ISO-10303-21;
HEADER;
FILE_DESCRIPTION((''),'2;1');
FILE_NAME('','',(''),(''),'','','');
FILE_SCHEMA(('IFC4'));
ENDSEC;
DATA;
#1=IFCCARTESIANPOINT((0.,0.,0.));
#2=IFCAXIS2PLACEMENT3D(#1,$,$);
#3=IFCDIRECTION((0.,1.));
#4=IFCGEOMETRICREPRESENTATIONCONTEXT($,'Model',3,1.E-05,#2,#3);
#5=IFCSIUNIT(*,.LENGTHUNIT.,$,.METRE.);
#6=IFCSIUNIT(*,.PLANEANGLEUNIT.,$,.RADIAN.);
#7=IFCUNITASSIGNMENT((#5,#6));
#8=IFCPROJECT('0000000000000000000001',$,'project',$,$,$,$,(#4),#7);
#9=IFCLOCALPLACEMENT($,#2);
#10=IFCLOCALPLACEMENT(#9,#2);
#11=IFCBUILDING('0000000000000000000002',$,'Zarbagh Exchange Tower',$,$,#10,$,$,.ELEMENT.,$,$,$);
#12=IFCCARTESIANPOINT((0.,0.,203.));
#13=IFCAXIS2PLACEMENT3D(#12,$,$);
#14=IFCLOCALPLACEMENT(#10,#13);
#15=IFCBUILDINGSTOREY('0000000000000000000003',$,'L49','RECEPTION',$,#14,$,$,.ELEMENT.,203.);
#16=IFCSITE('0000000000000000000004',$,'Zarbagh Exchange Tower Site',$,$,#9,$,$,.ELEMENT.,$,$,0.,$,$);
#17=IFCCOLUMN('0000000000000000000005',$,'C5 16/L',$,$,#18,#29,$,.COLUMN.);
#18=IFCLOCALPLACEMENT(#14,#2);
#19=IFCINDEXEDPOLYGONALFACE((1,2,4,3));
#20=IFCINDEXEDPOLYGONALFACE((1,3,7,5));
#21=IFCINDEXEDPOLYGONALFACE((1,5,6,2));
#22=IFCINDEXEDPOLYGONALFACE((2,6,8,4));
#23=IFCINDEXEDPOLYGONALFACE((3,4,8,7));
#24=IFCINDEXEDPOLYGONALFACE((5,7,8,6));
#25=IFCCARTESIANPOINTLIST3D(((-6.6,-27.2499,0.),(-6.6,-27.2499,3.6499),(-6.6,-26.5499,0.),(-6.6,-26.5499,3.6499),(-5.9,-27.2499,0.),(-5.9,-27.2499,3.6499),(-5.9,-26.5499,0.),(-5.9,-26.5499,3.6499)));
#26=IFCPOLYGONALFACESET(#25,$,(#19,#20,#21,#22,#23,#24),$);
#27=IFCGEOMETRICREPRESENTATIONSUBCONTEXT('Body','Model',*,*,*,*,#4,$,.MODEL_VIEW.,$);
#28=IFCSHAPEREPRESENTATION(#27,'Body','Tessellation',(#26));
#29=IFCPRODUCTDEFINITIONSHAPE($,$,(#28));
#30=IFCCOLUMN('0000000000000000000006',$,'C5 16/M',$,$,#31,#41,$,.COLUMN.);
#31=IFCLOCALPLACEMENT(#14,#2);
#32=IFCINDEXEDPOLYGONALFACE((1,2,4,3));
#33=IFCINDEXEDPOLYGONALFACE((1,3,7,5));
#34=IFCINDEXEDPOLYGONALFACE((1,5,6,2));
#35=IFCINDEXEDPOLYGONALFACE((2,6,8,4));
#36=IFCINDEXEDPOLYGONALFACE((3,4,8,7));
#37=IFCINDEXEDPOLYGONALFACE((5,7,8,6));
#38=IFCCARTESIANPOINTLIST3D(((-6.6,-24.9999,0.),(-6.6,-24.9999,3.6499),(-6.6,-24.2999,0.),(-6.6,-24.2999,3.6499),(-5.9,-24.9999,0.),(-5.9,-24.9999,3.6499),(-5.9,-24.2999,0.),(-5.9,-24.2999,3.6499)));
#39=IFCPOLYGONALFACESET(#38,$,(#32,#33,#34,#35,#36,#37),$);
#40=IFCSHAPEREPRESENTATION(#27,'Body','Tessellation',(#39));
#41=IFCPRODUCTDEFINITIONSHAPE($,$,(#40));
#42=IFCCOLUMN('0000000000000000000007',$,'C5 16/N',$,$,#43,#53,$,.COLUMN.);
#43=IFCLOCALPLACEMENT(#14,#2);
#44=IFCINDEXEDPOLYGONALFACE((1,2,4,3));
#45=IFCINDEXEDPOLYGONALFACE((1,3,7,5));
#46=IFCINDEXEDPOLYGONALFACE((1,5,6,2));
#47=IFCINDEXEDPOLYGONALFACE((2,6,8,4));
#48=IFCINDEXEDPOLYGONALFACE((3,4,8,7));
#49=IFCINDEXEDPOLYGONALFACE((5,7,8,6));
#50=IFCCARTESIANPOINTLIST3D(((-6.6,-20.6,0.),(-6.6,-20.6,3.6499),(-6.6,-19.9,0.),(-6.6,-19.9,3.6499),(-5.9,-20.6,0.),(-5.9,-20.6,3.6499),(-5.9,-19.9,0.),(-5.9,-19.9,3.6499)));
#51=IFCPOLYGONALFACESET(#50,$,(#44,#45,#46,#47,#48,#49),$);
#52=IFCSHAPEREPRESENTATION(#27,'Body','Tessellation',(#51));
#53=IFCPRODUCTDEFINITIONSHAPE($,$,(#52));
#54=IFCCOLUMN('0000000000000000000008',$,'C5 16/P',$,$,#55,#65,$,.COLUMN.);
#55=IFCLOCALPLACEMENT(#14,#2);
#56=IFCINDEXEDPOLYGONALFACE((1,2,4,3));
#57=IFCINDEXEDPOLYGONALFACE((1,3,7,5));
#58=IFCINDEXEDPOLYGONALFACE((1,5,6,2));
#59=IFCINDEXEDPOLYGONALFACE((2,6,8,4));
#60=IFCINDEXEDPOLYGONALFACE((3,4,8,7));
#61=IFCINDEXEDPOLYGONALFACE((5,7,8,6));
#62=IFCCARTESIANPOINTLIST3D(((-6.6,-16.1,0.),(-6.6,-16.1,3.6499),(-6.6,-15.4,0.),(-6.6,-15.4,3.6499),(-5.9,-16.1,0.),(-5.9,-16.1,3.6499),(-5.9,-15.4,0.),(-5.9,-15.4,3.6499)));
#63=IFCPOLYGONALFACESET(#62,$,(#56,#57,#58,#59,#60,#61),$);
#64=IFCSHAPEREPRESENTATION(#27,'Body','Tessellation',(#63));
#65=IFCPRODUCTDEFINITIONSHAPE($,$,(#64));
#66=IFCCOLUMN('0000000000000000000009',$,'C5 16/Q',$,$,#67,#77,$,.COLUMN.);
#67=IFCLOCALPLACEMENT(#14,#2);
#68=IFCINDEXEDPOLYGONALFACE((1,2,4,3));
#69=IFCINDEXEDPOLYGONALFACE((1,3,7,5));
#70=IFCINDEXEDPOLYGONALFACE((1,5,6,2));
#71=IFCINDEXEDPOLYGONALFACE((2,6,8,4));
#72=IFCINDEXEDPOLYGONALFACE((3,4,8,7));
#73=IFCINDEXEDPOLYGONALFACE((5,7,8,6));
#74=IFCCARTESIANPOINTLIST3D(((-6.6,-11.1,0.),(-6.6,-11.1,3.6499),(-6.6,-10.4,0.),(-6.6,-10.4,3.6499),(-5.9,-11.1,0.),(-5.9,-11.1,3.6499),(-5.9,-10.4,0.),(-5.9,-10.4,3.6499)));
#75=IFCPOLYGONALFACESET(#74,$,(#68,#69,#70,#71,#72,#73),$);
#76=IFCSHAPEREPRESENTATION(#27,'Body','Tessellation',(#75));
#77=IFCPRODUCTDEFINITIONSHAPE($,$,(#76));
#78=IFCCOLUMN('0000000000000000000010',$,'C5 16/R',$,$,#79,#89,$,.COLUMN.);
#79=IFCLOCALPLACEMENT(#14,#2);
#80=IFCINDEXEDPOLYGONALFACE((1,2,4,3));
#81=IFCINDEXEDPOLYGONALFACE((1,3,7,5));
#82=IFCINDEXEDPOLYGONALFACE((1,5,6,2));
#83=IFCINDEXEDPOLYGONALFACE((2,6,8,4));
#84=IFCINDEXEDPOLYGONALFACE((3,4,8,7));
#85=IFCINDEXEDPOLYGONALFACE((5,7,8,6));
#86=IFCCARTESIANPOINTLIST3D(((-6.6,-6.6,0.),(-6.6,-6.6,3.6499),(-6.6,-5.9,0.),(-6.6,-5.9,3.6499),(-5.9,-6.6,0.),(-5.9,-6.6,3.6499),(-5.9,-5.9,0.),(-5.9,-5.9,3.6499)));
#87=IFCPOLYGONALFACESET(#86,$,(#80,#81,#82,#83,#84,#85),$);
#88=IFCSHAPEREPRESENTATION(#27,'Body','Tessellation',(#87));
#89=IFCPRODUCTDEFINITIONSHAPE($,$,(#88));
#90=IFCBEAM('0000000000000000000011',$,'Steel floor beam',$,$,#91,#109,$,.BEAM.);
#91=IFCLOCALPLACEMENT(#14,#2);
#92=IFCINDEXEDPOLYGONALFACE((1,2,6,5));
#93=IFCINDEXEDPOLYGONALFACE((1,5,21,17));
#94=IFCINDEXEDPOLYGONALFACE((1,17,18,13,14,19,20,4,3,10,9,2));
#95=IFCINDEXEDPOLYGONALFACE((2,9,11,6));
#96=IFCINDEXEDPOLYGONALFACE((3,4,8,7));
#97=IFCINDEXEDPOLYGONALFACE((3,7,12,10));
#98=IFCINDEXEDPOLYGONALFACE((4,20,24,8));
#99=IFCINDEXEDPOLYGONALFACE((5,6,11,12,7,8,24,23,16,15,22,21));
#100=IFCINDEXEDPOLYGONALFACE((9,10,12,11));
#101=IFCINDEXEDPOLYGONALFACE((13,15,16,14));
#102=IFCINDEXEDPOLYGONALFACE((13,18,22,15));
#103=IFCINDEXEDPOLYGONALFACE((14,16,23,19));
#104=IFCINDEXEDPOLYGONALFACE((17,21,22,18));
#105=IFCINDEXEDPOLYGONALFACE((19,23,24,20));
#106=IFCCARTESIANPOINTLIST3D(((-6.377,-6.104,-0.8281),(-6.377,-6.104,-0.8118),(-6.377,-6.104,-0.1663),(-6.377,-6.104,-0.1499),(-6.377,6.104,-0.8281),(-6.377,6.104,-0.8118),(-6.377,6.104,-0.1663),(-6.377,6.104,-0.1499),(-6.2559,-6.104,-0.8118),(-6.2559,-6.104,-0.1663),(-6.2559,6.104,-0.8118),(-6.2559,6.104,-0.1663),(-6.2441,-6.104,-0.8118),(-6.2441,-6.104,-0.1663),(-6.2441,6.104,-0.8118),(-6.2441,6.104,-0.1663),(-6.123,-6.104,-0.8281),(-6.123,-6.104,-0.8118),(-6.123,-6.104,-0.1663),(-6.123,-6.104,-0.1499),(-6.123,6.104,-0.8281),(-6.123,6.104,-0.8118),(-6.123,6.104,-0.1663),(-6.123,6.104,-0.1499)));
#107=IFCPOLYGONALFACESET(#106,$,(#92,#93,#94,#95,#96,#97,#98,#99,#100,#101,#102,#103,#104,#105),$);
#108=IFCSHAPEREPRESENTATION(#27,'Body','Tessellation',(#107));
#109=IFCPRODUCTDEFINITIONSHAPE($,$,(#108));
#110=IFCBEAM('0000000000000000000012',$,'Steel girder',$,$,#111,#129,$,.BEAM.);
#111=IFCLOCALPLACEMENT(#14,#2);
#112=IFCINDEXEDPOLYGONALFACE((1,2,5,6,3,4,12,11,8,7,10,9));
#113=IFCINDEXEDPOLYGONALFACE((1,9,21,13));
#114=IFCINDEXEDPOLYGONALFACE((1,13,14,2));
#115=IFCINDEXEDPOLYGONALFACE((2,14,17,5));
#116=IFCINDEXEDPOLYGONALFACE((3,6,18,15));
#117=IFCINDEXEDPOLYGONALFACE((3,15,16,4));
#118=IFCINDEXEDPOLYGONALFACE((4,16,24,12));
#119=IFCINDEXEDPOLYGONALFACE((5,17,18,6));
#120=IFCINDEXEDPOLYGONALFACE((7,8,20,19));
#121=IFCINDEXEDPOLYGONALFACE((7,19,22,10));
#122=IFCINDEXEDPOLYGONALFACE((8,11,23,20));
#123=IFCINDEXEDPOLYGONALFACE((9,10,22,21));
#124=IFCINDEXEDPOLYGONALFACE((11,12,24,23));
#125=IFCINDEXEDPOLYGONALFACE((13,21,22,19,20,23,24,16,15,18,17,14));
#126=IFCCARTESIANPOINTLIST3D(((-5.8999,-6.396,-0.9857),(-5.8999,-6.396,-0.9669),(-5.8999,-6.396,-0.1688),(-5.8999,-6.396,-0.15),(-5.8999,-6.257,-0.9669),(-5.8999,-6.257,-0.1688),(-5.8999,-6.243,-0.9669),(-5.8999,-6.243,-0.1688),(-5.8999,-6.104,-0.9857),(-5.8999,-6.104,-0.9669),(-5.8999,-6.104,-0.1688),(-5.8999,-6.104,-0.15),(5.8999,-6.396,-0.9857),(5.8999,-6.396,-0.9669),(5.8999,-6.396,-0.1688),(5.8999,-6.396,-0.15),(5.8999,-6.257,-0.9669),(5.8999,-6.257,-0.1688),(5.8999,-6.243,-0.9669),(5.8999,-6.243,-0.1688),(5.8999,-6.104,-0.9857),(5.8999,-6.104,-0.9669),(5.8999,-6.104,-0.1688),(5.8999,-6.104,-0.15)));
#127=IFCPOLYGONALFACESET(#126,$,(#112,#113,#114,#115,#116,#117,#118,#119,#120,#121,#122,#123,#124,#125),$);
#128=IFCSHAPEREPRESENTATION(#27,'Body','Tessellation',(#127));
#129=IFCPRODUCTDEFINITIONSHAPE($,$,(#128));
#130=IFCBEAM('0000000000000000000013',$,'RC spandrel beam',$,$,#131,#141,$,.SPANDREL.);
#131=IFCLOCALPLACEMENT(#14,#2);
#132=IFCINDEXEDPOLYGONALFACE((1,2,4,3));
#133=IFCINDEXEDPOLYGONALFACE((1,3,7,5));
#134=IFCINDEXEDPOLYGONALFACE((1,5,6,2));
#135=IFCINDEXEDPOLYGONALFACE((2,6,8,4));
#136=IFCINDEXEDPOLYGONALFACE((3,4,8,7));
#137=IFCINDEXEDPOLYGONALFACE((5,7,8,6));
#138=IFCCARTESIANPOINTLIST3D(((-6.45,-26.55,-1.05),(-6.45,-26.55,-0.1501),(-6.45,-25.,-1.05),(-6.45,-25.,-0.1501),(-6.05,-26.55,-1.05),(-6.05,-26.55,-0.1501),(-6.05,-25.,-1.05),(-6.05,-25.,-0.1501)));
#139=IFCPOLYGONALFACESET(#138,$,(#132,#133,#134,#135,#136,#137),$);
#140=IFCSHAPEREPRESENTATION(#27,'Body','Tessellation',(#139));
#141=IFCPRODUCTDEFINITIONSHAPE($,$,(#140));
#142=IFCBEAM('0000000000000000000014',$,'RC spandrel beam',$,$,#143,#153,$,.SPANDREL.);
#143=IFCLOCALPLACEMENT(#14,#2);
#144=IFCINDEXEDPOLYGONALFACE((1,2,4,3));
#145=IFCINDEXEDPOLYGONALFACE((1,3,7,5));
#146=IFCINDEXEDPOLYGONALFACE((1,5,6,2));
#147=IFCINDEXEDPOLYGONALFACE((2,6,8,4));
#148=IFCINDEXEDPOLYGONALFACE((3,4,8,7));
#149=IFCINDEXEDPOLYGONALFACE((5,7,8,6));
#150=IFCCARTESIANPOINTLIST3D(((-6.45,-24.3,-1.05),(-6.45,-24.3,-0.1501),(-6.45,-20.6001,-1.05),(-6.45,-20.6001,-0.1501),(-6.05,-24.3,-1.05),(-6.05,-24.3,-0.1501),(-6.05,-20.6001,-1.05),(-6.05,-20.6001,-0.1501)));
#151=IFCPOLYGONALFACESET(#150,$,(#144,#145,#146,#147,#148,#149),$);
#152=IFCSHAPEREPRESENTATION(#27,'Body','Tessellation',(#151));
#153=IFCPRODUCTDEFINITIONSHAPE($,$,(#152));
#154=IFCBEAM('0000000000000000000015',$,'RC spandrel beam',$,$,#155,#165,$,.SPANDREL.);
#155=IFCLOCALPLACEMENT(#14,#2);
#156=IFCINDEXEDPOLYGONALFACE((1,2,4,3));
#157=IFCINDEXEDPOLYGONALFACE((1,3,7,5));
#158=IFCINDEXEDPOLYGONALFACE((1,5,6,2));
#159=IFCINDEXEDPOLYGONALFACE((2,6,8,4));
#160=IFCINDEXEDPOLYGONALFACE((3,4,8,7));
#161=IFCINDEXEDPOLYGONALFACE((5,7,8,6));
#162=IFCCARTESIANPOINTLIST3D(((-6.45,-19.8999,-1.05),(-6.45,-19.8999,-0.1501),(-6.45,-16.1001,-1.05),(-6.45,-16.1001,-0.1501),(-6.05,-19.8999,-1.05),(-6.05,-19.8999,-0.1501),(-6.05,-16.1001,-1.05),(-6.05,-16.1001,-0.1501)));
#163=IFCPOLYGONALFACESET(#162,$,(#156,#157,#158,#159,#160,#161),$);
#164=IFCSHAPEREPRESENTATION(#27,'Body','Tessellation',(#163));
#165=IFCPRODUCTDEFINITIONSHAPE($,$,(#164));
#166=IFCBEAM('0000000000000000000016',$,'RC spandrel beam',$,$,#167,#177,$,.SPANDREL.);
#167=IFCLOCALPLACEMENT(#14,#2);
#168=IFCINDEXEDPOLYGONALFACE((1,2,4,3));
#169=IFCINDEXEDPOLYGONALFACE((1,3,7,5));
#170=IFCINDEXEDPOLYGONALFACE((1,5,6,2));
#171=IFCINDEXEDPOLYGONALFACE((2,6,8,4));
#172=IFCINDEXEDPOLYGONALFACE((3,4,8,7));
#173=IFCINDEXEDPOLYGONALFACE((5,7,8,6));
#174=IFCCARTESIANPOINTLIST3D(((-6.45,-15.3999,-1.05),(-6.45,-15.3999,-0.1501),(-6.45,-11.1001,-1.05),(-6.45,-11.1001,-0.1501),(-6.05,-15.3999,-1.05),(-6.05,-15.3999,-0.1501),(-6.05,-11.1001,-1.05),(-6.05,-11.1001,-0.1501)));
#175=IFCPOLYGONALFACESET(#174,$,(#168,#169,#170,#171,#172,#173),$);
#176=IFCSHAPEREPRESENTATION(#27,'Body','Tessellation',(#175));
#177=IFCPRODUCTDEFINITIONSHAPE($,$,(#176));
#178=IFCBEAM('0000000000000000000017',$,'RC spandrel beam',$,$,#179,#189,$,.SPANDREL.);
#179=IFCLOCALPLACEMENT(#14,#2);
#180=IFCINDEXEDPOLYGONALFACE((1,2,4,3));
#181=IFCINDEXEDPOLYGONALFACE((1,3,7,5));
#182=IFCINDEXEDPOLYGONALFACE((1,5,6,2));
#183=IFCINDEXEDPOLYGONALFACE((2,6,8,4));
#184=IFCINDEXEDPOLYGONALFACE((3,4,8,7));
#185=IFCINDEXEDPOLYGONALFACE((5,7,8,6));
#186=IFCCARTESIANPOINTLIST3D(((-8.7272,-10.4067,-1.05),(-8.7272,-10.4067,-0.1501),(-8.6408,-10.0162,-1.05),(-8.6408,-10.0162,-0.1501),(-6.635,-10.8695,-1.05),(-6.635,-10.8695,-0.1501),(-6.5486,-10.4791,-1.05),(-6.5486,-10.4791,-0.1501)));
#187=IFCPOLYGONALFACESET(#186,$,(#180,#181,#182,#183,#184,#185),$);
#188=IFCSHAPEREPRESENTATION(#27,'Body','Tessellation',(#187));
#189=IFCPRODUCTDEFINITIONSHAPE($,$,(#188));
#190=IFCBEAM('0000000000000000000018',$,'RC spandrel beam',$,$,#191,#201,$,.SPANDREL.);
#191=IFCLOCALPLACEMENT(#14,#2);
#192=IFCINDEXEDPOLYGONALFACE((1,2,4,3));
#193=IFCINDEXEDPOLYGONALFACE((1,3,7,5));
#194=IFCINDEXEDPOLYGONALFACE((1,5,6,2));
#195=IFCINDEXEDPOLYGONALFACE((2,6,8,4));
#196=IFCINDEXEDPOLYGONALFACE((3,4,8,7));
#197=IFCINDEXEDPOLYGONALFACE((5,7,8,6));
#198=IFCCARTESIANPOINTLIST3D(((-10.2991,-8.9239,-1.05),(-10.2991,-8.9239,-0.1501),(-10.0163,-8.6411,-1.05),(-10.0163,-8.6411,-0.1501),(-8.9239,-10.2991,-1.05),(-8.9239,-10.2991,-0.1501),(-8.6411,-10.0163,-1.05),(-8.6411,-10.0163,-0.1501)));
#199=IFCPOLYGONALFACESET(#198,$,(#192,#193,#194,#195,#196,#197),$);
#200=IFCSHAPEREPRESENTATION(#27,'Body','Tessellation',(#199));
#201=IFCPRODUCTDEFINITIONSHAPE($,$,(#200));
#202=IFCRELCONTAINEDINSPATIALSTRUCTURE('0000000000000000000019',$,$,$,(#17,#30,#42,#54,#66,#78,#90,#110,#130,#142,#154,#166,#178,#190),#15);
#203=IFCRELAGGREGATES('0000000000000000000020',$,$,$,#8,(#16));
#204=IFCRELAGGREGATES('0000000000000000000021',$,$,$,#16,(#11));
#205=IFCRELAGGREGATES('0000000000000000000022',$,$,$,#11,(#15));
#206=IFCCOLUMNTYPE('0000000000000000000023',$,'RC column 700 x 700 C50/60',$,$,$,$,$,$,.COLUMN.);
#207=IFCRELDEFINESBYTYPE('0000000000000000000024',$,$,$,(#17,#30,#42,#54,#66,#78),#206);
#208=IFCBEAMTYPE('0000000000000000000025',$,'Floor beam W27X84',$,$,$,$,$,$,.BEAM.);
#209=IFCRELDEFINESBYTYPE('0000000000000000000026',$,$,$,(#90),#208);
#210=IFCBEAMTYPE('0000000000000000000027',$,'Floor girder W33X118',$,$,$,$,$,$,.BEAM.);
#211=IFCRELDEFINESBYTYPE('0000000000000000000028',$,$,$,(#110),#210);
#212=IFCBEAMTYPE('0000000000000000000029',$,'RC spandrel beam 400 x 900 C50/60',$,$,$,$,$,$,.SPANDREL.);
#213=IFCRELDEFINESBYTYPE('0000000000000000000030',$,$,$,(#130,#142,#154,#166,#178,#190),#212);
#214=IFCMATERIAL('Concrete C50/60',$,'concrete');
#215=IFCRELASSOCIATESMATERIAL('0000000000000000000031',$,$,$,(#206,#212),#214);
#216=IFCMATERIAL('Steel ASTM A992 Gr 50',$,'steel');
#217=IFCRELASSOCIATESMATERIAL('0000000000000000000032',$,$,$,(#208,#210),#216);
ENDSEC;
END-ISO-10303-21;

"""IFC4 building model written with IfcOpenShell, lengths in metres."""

from ifc_helpers import new_model, si_unit, direction, frame, origin, origin_2d, place, context, subcontext, project, spatial, rectangle, i_section, extrude, material, material_profile, profile_set, type_object, element, save


model = new_model("IFC4")

# Units and contexts
model_context = context("Model", 3, precision=1e-05, world=origin(), true_north=direction((0.0, 1.0)))
body_context = subcontext(model_context, "Body", "Model", "MODEL_VIEW")
ifc_project = project(units=[si_unit("LENGTHUNIT", "METRE"), si_unit("PLANEANGLEUNIT", "RADIAN")], contexts=[model_context])

# Site, building, storey
site_placement = place(None, origin())
site = spatial("IfcSite", under=ifc_project, at=site_placement, Name="Zarbagh Exchange Tower Site", CompositionType="ELEMENT", RefElevation=0.0)
building_placement = place(site_placement, origin())
building = spatial("IfcBuilding", under=site, at=building_placement, Name="Zarbagh Exchange Tower", CompositionType="ELEMENT")
storey_placement = place(building_placement, frame((0.0, 0.0, 203.0)))
storey = spatial("IfcBuildingStorey", under=building, at=storey_placement, Name="L49", Description="RECEPTION", CompositionType="ELEMENT", Elevation=203.0)

# Columns
ifc_material_1 = material(Name="Concrete C50/60", Category="concrete")
ifc_material_profile_1 = material_profile(ifc_material_1, rectangle(XDim=0.7, YDim=0.7, at=origin_2d()), Name="RC column 700 x 700 C50/60")
ifc_profile_set_1 = profile_set([ifc_material_profile_1], Name="Concrete C50/60")
column_type = type_object("IfcColumnType", Name="RC column 700 x 700 C50/60", PredefinedType="COLUMN", material=ifc_profile_set_1)
for number, where, z_axis, x_axis, name in (
    (1, (-6.25, -26.8999, 0.0), (0.0, 0.0, 1.0), (1.0, 0.0, 0.0), "C5 16/L"),
    (2, (-6.25, -24.6499, 0.0), (0.0, 0.0, 1.0), (1.0, 0.0, 0.0), "C5 16/M"),
    (3, (-6.25, -20.25, 0.0), (0.0, 0.0, 1.0), (1.0, 0.0, 0.0), "C5 16/N"),
    (4, (-6.25, -15.75, 0.0), (0.0, 0.0, 1.0), (1.0, 0.0, 0.0), "C5 16/P"),
    (5, (-6.25, -10.75, 0.0), (0.0, 0.0, 1.0), (1.0, 0.0, 0.0), "C5 16/Q"),
    (6, (-6.25, -6.25, 0.0), (0.0, 0.0, 1.0), (1.0, 0.0, 0.0), "C5 16/R"),
):
    element("IfcColumn", number, at=place(storey_placement, frame(where, z_axis=z_axis, x_axis=x_axis)), inside=storey, type_object=column_type, Name=name, PredefinedType="COLUMN", context=body_context, shape_type="SweptSolid", body=[
        extrude(rectangle(XDim=0.7, YDim=0.7, at=origin_2d()), origin(), (0.0, 0.0, 1.0), 3.6499),
    ])

# Beams
ifc_material_2 = material(Name="Steel ASTM A992 Gr 50", Category="steel")
ifc_material_profile_2 = material_profile(ifc_material_2, i_section(OverallWidth=0.2539, OverallDepth=0.6782, WebThickness=0.0117, FlangeThickness=0.0164, at=origin_2d()), Name="W27X84")
ifc_profile_set_2 = profile_set([ifc_material_profile_2], Name="Steel ASTM A992 Gr 50")
beam_type_1 = type_object("IfcBeamType", Name="Floor beam W27X84", PredefinedType="BEAM", material=ifc_profile_set_2)
beam_1_placement = place(storey_placement, frame((-6.25, -6.104, -0.489), z_axis=(0.0, 1.0, 0.0), x_axis=(-1.0, 0.0, 0.0)))
element("IfcBeam", 7, at=beam_1_placement, inside=storey, type_object=beam_type_1, Name="Steel floor beam", PredefinedType="BEAM", context=body_context, shape_type="SweptSolid", body=[
    extrude(i_section(OverallWidth=0.2539, OverallDepth=0.6782, WebThickness=0.0117, FlangeThickness=0.0164, at=origin_2d()), origin(), (0.0, 0.0, 1.0), 12.208),
])
ifc_material_profile_3 = material_profile(ifc_material_2, i_section(OverallWidth=0.292, OverallDepth=0.8357, WebThickness=0.0139, FlangeThickness=0.0188, at=origin_2d()), Name="W33X118")
ifc_profile_set_3 = profile_set([ifc_material_profile_3], Name="Steel ASTM A992 Gr 50")
beam_type_2 = type_object("IfcBeamType", Name="Floor girder W33X118", PredefinedType="BEAM", material=ifc_profile_set_3)
beam_2_placement = place(storey_placement, frame((-5.8999, -6.25, -0.5679), z_axis=(1.0, 0.0, 0.0), x_axis=(0.0, 1.0, 0.0)))
element("IfcBeam", 8, at=beam_2_placement, inside=storey, type_object=beam_type_2, Name="Steel girder", PredefinedType="BEAM", context=body_context, shape_type="SweptSolid", body=[
    extrude(i_section(OverallWidth=0.292, OverallDepth=0.8357, WebThickness=0.0139, FlangeThickness=0.0188, at=origin_2d()), origin(), (0.0, 0.0, 1.0), 11.7998),
])
ifc_material_profile_4 = material_profile(ifc_material_1, rectangle(XDim=0.3999, YDim=0.8999, at=origin_2d()), Name="RC spandrel beam 400 x 900 C50/60")
ifc_profile_set_4 = profile_set([ifc_material_profile_4], Name="Concrete C50/60")
beam_type_3 = type_object("IfcBeamType", Name="RC spandrel beam 400 x 900 C50/60", PredefinedType="SPANDREL", material=ifc_profile_set_4)
beam_3_placement = place(storey_placement, frame((-6.25, -26.55, -0.6001), z_axis=(0.0, 1.0, 0.0), x_axis=(-1.0, 0.0, 0.0)))
element("IfcBeam", 9, at=beam_3_placement, inside=storey, type_object=beam_type_3, Name="RC spandrel beam", PredefinedType="SPANDREL", context=body_context, shape_type="SweptSolid", body=[
    extrude(rectangle(XDim=0.3999, YDim=0.8999, at=origin_2d()), origin(), (0.0, 0.0, 1.0), 1.55),
])
beam_4_placement = place(storey_placement, frame((-6.25, -24.3, -0.6001), z_axis=(0.0, 1.0, 0.0), x_axis=(-1.0, 0.0, 0.0)))
element("IfcBeam", 10, at=beam_4_placement, inside=storey, type_object=beam_type_3, Name="RC spandrel beam", PredefinedType="SPANDREL", context=body_context, shape_type="SweptSolid", body=[
    extrude(rectangle(XDim=0.3999, YDim=0.8999, at=origin_2d()), origin(), (0.0, 0.0, 1.0), 3.7),
])
beam_5_placement = place(storey_placement, frame((-6.25, -19.8999, -0.6001), z_axis=(0.0, 1.0, 0.0), x_axis=(-1.0, 0.0, 0.0)))
element("IfcBeam", 11, at=beam_5_placement, inside=storey, type_object=beam_type_3, Name="RC spandrel beam", PredefinedType="SPANDREL", context=body_context, shape_type="SweptSolid", body=[
    extrude(rectangle(XDim=0.3999, YDim=0.8999, at=origin_2d()), origin(), (0.0, 0.0, 1.0), 3.7998),
])
beam_6_placement = place(storey_placement, frame((-6.25, -15.3999, -0.6001), z_axis=(0.0, 1.0, 0.0), x_axis=(-1.0, 0.0, 0.0)))
element("IfcBeam", 12, at=beam_6_placement, inside=storey, type_object=beam_type_3, Name="RC spandrel beam", PredefinedType="SPANDREL", context=body_context, shape_type="SweptSolid", body=[
    extrude(rectangle(XDim=0.3999, YDim=0.8999, at=origin_2d()), origin(), (0.0, 0.0, 1.0), 4.2998),
])
beam_7_placement = place(storey_placement, frame((-6.5918, -10.6743, -0.6001), z_axis=(-0.97639, 0.216014, 0.0), x_axis=(-0.216014, -0.97639, 0.0)))
element("IfcBeam", 13, at=beam_7_placement, inside=storey, type_object=beam_type_3, Name="RC spandrel beam", PredefinedType="SPANDREL", context=body_context, shape_type="SweptSolid", body=[
    extrude(rectangle(XDim=0.3999, YDim=0.8999, at=origin_2d()), origin(), (0.0, 0.0, 1.0), 2.1428),
])
beam_8_placement = place(storey_placement, frame((-8.7825, -10.1577, -0.6001), z_axis=(-0.707107, 0.707107, 0.0), x_axis=(-0.707107, -0.707107, 0.0)))
element("IfcBeam", 14, at=beam_8_placement, inside=storey, type_object=beam_type_3, Name="RC spandrel beam", PredefinedType="SPANDREL", context=body_context, shape_type="SweptSolid", body=[
    extrude(rectangle(XDim=0.3999, YDim=0.8999, at=origin_2d()), origin(), (0.0, 0.0, 1.0), 1.9448),
])

save(model, "model.ifc")
